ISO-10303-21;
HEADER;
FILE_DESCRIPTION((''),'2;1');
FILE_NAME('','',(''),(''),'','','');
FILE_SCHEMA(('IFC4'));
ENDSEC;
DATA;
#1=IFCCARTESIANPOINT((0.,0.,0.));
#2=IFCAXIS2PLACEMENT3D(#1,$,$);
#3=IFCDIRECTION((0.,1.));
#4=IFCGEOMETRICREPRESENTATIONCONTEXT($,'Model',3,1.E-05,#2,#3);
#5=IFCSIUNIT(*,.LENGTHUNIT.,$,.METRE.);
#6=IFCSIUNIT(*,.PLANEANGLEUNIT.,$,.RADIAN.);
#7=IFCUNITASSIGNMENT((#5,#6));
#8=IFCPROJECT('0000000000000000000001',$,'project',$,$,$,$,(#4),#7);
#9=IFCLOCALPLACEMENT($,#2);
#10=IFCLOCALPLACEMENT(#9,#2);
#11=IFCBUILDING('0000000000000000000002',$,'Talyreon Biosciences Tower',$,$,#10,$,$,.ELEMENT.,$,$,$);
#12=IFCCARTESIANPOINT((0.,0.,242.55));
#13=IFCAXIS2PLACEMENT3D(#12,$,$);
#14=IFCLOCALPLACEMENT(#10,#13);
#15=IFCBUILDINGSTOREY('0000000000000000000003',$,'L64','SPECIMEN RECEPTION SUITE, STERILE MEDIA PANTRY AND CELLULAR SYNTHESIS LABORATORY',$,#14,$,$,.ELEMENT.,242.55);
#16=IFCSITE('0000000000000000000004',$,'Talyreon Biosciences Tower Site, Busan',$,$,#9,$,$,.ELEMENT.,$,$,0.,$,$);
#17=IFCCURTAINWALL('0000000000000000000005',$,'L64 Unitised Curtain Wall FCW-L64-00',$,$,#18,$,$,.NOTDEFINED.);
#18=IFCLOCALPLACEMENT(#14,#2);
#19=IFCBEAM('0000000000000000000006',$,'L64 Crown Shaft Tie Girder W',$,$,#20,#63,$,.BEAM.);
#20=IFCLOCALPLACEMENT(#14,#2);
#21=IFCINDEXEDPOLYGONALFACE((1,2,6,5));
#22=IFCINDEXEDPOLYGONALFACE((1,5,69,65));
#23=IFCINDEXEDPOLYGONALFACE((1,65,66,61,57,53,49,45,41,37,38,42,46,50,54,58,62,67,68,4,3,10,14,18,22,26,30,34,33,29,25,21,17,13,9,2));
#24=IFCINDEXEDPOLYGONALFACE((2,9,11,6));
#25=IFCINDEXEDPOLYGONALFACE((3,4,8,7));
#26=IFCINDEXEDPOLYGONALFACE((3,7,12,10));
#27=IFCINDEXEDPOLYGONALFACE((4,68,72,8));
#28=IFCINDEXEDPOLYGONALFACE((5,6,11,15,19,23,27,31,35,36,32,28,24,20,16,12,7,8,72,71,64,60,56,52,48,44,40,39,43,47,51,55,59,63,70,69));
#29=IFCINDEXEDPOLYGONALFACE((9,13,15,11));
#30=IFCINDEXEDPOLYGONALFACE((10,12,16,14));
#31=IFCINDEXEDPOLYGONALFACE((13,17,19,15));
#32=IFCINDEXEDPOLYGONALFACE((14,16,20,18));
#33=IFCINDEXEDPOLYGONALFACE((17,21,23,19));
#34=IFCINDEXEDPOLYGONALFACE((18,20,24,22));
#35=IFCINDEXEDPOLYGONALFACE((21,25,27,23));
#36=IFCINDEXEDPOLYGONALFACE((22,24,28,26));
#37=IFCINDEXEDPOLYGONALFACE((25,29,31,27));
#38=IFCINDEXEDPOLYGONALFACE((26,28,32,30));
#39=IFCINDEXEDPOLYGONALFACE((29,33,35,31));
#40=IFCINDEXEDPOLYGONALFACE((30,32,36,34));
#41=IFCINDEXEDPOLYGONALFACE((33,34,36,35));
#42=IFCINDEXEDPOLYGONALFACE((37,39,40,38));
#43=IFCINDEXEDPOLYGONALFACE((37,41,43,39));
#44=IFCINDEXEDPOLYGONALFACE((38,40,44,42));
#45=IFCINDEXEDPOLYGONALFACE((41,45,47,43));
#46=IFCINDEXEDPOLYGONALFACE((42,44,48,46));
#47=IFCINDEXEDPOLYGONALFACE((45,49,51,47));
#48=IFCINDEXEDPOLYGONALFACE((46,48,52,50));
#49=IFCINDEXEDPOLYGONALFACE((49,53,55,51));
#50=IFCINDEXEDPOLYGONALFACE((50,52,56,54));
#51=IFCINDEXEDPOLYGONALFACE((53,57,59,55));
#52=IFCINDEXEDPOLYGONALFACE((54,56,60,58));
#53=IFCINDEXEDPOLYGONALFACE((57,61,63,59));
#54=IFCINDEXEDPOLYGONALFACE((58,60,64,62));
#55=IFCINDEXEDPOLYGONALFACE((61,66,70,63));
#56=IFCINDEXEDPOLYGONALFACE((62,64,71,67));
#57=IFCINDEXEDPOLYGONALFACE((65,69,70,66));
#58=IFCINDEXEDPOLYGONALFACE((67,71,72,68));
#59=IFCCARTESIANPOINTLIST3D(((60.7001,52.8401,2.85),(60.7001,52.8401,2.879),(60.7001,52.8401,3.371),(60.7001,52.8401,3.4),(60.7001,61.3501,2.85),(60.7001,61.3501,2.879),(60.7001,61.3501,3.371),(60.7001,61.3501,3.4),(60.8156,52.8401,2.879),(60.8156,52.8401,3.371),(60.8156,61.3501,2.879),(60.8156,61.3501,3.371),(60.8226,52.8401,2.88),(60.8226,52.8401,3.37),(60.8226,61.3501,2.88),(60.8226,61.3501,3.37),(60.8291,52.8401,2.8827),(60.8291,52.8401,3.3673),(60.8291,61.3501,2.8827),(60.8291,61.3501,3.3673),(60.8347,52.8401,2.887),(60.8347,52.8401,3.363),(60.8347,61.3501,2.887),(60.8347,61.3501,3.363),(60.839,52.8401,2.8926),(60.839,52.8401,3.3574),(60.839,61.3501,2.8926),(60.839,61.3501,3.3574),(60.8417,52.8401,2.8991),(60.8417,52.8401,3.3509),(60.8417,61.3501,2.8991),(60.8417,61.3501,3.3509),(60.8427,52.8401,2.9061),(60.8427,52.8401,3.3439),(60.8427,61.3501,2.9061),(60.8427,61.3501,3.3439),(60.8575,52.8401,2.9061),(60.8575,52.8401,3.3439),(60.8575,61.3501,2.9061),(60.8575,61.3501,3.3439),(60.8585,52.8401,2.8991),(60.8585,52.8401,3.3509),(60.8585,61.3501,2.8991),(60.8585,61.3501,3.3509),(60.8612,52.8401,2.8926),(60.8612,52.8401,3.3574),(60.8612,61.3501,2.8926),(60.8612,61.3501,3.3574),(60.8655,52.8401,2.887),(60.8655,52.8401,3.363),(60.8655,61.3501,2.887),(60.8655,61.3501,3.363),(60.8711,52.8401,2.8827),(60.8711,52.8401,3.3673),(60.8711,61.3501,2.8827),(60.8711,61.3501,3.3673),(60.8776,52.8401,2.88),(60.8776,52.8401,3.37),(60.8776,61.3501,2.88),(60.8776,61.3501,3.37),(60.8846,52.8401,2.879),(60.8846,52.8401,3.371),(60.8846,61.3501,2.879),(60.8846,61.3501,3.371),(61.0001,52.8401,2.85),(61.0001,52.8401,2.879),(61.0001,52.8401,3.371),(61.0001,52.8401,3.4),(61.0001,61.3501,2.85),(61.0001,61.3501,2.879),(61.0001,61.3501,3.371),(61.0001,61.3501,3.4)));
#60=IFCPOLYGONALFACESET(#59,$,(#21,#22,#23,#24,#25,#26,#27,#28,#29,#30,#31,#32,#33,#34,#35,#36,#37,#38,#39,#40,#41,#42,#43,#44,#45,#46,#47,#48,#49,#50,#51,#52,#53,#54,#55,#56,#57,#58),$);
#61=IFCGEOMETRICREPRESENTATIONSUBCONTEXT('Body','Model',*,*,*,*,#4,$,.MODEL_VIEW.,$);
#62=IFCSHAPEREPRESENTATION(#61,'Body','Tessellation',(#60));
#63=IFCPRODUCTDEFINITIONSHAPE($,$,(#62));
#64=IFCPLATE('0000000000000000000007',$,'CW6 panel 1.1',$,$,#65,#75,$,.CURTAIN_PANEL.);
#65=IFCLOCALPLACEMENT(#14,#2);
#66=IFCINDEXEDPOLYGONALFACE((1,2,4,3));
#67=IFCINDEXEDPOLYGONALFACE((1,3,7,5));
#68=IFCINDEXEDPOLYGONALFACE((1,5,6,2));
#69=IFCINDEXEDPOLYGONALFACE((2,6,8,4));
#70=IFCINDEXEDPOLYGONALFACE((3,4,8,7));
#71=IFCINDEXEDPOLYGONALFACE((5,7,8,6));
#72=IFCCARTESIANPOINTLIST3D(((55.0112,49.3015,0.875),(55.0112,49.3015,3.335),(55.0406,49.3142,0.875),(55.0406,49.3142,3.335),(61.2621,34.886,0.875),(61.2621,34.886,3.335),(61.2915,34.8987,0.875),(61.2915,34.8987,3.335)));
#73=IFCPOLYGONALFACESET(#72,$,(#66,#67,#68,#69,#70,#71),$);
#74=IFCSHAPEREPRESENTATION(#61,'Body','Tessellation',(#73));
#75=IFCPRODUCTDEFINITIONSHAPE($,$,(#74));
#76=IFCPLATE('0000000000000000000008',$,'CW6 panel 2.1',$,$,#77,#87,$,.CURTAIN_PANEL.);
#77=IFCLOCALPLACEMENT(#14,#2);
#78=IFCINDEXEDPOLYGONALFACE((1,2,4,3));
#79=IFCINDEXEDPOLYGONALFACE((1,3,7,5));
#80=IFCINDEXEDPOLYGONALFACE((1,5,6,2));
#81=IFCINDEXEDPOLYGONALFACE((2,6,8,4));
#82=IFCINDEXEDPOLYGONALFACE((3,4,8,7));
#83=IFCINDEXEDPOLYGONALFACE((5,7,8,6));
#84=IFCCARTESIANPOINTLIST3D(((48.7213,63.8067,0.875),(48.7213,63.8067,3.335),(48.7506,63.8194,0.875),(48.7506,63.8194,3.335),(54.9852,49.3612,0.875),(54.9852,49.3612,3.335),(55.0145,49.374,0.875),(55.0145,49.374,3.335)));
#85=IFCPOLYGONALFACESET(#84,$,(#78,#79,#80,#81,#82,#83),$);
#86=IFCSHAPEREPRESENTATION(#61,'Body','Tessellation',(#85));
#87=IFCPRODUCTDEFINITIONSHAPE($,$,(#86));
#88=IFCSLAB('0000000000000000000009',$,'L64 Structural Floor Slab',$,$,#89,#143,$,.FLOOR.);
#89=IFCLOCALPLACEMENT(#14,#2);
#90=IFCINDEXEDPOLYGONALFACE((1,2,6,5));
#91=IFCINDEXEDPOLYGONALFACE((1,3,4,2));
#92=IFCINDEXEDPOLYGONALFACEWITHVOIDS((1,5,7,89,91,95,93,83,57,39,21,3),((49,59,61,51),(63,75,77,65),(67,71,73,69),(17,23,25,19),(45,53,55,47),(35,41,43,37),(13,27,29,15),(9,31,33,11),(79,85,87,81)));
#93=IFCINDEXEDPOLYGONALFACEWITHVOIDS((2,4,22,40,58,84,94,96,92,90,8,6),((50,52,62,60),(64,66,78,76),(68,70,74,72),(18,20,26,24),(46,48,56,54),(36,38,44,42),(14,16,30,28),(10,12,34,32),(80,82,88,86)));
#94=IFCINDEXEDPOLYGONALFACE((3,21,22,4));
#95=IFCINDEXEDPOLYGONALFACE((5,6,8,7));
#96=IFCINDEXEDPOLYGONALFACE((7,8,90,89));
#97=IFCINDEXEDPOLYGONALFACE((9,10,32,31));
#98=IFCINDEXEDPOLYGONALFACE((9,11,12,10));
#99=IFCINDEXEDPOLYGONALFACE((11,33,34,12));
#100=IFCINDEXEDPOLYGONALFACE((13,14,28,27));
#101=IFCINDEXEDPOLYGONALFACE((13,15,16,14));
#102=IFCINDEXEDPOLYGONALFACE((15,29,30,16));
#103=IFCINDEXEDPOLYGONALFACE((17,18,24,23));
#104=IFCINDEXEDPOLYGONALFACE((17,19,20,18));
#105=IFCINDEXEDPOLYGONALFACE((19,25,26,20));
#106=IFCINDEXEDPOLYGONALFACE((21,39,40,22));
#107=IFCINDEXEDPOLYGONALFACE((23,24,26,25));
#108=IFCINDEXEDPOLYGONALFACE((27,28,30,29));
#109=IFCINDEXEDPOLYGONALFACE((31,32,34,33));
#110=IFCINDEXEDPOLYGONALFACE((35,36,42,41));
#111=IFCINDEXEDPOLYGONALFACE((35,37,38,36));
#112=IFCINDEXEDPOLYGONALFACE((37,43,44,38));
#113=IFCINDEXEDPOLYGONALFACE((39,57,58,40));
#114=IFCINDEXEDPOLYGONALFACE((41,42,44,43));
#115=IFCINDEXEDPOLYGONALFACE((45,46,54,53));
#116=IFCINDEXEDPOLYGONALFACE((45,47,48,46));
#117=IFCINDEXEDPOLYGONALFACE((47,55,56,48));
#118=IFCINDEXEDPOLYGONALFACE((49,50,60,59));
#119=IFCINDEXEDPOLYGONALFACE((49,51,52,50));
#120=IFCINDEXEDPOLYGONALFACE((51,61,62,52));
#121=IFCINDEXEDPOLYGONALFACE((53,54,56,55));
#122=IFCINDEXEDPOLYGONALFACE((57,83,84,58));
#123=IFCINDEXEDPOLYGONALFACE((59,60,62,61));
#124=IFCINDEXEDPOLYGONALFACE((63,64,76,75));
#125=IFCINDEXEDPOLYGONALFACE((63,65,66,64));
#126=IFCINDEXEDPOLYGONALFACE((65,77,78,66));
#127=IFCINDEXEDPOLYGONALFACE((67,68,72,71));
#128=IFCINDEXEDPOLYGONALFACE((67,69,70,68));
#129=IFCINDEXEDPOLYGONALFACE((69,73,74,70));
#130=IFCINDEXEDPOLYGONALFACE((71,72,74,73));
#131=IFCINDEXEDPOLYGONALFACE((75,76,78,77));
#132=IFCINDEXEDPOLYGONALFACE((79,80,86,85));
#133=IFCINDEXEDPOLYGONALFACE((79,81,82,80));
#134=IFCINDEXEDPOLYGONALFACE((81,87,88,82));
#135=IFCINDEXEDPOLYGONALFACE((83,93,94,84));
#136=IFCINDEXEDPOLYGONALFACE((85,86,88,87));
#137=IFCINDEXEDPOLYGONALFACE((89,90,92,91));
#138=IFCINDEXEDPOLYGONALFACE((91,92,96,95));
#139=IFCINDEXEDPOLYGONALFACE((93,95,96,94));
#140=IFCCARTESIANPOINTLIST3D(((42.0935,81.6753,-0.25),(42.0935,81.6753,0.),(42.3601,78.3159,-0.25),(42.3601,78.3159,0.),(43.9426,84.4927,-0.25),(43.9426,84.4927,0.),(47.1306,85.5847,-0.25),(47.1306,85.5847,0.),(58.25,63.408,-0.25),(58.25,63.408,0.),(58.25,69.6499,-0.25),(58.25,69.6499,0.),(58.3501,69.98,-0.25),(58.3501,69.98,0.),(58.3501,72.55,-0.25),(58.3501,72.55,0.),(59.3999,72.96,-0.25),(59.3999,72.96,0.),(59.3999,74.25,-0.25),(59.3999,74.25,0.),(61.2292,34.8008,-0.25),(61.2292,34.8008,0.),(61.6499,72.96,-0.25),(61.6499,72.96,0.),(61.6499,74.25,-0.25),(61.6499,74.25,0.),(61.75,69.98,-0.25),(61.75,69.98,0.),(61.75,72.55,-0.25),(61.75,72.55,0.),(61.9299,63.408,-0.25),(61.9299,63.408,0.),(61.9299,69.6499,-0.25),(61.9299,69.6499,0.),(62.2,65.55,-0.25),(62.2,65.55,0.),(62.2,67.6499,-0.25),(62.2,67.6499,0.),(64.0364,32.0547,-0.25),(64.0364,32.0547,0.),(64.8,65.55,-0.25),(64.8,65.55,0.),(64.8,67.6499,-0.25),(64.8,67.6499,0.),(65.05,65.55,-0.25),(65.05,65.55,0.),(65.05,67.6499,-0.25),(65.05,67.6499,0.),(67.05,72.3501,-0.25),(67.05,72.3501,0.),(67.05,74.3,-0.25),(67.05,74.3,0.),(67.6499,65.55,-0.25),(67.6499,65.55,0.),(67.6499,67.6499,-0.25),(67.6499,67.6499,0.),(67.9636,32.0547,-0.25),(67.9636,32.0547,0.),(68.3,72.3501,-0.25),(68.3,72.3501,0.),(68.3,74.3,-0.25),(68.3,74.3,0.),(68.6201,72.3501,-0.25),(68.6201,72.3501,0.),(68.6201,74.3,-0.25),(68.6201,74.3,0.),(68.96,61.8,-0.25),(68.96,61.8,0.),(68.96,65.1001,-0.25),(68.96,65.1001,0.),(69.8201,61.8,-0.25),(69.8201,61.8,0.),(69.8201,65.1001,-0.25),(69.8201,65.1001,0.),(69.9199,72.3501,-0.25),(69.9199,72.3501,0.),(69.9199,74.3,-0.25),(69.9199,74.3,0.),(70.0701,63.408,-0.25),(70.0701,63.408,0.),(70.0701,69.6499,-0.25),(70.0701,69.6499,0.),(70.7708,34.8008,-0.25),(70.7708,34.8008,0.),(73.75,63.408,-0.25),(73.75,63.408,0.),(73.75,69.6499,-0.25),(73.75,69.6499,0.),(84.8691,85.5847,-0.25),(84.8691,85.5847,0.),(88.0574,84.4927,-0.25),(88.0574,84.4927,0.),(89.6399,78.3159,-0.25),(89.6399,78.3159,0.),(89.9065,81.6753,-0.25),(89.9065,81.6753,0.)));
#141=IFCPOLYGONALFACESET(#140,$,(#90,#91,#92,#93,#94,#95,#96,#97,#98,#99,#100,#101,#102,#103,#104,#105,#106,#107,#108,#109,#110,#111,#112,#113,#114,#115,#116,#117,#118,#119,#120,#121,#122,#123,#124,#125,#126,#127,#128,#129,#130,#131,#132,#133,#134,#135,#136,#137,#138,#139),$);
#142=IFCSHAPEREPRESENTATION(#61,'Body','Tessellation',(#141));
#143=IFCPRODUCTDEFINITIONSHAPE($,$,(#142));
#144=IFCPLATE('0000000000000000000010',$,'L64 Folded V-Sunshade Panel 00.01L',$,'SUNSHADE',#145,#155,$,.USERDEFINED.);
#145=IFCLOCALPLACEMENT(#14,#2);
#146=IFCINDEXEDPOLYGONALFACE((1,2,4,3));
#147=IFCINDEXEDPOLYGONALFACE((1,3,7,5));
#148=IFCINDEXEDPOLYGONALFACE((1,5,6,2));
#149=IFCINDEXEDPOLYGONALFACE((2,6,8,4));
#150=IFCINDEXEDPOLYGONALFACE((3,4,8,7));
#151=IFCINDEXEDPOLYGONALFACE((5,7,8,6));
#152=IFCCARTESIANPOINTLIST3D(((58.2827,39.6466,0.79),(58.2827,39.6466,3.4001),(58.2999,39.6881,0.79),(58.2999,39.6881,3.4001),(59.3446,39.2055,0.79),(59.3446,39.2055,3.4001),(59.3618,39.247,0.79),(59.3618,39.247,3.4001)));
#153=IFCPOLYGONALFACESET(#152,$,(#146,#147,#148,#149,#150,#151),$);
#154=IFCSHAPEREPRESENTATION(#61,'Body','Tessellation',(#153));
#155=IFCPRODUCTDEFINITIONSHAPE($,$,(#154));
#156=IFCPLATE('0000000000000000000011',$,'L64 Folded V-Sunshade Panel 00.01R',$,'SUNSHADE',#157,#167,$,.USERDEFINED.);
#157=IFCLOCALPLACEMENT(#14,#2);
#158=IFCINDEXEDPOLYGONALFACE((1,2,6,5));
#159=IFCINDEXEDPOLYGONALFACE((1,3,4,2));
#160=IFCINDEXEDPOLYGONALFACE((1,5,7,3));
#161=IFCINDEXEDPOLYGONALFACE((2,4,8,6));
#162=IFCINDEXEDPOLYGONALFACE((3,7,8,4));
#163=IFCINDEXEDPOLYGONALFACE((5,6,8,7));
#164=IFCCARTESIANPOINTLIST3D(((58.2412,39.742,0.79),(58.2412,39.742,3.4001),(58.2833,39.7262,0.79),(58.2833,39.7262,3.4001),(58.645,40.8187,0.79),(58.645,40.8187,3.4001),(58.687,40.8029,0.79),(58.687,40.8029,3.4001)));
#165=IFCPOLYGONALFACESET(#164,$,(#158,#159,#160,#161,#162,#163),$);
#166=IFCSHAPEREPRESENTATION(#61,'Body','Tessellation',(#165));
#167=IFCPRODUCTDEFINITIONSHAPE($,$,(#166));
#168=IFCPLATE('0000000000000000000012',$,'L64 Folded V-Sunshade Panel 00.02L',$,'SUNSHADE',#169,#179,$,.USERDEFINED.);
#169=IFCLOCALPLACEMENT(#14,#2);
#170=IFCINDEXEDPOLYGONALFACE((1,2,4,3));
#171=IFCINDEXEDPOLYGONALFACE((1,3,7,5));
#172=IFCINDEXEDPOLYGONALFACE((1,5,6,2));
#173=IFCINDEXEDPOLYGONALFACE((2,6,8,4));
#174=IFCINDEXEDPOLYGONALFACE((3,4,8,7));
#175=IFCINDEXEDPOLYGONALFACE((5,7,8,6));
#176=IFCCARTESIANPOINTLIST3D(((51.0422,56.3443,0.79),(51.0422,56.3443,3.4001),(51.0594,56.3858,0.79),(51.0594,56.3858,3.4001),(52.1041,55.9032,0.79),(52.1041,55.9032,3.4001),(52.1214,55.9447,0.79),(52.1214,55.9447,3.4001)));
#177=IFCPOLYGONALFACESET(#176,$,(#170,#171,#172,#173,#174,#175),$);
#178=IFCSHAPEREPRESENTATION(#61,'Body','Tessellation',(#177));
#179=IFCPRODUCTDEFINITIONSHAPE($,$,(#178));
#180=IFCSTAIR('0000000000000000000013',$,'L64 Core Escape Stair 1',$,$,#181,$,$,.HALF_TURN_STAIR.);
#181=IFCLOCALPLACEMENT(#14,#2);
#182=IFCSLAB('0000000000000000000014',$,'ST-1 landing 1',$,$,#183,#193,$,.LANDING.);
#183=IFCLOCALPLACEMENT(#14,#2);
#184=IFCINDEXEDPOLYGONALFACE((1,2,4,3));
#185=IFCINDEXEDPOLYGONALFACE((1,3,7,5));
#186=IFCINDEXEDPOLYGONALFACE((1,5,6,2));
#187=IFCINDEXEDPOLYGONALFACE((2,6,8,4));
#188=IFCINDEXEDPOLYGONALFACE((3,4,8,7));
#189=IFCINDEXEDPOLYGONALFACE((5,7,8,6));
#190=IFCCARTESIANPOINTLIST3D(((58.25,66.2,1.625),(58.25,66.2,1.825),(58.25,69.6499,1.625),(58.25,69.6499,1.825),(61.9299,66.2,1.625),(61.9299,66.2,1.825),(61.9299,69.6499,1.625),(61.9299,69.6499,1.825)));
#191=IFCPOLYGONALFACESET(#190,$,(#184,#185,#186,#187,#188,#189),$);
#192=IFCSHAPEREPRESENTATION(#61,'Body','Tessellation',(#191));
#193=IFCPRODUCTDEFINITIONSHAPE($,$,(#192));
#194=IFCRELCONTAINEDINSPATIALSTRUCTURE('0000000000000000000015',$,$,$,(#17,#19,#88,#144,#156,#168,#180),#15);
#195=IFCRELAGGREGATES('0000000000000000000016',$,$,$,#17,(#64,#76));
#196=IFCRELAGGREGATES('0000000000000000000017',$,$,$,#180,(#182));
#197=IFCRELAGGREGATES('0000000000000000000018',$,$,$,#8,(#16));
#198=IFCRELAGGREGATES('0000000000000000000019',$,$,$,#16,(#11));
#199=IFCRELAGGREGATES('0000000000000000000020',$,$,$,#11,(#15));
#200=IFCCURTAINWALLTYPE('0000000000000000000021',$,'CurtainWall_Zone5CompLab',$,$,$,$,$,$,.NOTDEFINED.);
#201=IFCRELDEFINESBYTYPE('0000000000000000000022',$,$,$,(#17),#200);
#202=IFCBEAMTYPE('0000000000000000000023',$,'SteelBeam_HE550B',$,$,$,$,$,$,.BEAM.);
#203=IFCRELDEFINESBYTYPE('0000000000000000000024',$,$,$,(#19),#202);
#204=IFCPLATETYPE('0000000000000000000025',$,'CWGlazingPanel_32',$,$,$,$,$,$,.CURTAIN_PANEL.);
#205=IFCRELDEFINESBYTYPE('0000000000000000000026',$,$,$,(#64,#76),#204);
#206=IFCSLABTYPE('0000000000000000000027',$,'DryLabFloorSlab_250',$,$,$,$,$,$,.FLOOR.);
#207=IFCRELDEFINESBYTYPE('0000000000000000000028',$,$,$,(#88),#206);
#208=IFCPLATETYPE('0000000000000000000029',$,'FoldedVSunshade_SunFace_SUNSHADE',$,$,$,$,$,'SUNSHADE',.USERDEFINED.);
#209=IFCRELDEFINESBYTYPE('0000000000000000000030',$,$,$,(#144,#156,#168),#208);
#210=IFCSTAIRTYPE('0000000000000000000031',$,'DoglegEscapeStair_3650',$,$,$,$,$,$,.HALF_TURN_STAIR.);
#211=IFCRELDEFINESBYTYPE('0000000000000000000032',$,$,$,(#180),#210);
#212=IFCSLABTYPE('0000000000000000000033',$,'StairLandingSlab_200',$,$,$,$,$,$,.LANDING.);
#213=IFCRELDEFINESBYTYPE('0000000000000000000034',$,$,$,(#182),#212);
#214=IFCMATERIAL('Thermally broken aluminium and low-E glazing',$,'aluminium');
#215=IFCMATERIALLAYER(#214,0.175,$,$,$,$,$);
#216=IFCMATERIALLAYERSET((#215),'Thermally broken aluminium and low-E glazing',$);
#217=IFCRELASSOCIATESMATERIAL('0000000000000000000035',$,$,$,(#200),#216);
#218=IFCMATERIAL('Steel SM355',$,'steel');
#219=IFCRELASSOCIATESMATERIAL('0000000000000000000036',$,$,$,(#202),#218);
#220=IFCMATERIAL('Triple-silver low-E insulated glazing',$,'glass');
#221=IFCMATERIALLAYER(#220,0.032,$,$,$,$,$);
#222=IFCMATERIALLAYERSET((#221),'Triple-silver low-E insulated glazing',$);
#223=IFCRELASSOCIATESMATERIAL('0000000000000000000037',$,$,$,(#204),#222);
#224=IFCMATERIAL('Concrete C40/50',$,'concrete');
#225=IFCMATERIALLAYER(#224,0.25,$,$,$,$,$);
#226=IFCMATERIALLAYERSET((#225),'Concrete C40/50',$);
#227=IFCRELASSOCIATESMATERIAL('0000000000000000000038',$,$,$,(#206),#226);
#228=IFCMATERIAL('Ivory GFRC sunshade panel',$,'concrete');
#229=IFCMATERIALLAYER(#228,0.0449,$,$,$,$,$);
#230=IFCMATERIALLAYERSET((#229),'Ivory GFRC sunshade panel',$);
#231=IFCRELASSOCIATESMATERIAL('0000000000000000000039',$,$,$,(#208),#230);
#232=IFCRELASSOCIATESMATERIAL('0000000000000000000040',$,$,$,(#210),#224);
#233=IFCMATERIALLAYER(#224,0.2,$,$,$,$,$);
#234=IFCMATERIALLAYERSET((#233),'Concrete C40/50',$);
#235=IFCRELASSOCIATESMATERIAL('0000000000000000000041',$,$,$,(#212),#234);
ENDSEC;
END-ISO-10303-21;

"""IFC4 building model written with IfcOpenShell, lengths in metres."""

from ifc_helpers import new_model, si_unit, direction, frame, origin, origin_2d, place, context, subcontext, project, spatial, polyline, rectangle, i_section, outline, extrude, material, layer, layer_set, material_profile, profile_set, type_object, element, aggregate, save


model = new_model("IFC4")

# Units and contexts
model_context = context("Model", 3, precision=1e-05, world=origin(), true_north=direction((0.0, 1.0)))
body_context = subcontext(model_context, "Body", "Model", "MODEL_VIEW")
ifc_project = project(units=[si_unit("LENGTHUNIT", "METRE"), si_unit("PLANEANGLEUNIT", "RADIAN")], contexts=[model_context])

# Site, building, storey
site_placement = place(None, origin())
site = spatial("IfcSite", under=ifc_project, at=site_placement, Name="Talyreon Biosciences Tower Site, Busan", CompositionType="ELEMENT", RefElevation=0.0)
building_placement = place(site_placement, origin())
building = spatial("IfcBuilding", under=site, at=building_placement, Name="Talyreon Biosciences Tower", CompositionType="ELEMENT")
storey_placement = place(building_placement, frame((0.0, 0.0, 242.55)))
storey = spatial("IfcBuildingStorey", under=building, at=storey_placement, Name="L64", Description="SPECIMEN RECEPTION SUITE, STERILE MEDIA PANTRY AND CELLULAR SYNTHESIS LABORATORY", CompositionType="ELEMENT", Elevation=242.55)

# Curtain wall
ifc_material_1 = material(Name="Thermally broken aluminium and low-E glazing", Category="aluminium")
ifc_layer_1 = layer(ifc_material_1, 0.175)
ifc_layer_set_1 = layer_set([ifc_layer_1], Name="Thermally broken aluminium and low-E glazing")
curtain_wall_type = type_object("IfcCurtainWallType", Name="CurtainWall_Zone5CompLab", PredefinedType="NOTDEFINED", material=ifc_layer_set_1)
curtain_wall_placement = place(storey_placement, origin())
curtain_wall = element("IfcCurtainWall", 1, at=curtain_wall_placement, inside=storey, type_object=curtain_wall_type, Name="L64 Unitised Curtain Wall FCW-L64-00", PredefinedType="NOTDEFINED")

# Beam
ifc_material_2 = material(Name="Steel SM355", Category="steel")
ifc_material_profile_1 = material_profile(ifc_material_2, i_section(OverallWidth=0.3, OverallDepth=0.55, WebThickness=0.0149, FlangeThickness=0.0291, FilletRadius=0.0271, at=origin_2d()), Name="HE550B")
ifc_profile_set_1 = profile_set([ifc_material_profile_1], Name="Steel SM355")
beam_type_1 = type_object("IfcBeamType", Name="SteelBeam_HE550B", PredefinedType="BEAM", material=ifc_profile_set_1)
beam_1_placement = place(storey_placement, frame((60.8501, 52.8401, 3.125), z_axis=(0.0, 1.0, 0.0), x_axis=(-1.0, 0.0, 0.0)))
element("IfcBeam", 2, at=beam_1_placement, inside=storey, type_object=beam_type_1, Name="L64 Crown Shaft Tie Girder W", PredefinedType="BEAM", context=body_context, shape_type="SweptSolid", body=[
    extrude(i_section(OverallWidth=0.3, OverallDepth=0.55, WebThickness=0.0149, FlangeThickness=0.0291, FilletRadius=0.0271, at=origin_2d()), origin(), (0.0, 0.0, 1.0), 8.51),
])

# Plates
ifc_material_3 = material(Name="Triple-silver low-E insulated glazing", Category="glass")
ifc_layer_2 = layer(ifc_material_3, 0.032)
ifc_layer_set_2 = layer_set([ifc_layer_2], Name="Triple-silver low-E insulated glazing")
plate_type_1 = type_object("IfcPlateType", Name="CWGlazingPanel_32", PredefinedType="CURTAIN_PANEL", material=ifc_layer_set_2)
plate_1_placement = place(storey_placement, frame((58.1514, 42.1001, 0.875), z_axis=(0.0, 0.0, 1.0), x_axis=(-0.397832, 0.917458, 0.0)))
plate_1 = element("IfcPlate", 3, at=plate_1_placement, type_object=plate_type_1, Name="CW6 panel 1.1", PredefinedType="CURTAIN_PANEL", context=body_context, shape_type="SweptSolid", body=[
    extrude(rectangle(XDim=15.7124, YDim=0.032, at=origin_2d()), origin(), (0.0, 0.0, 1.0), 2.46),
])
plate_2_placement = place(storey_placement, frame((51.8679, 56.5903, 0.875), z_axis=(0.0, 0.0, 1.0), x_axis=(-0.397832, 0.917458, 0.0)))
plate_2 = element("IfcPlate", 4, at=plate_2_placement, type_object=plate_type_1, Name="CW6 panel 2.1", PredefinedType="CURTAIN_PANEL", context=body_context, shape_type="SweptSolid", body=[
    extrude(rectangle(XDim=15.7451, YDim=0.032, at=origin_2d()), origin(), (0.0, 0.0, 1.0), 2.46),
])
aggregate(curtain_wall, [plate_1, plate_2])

# Slab
ifc_material_4 = material(Name="Concrete C40/50", Category="concrete")
ifc_layer_3 = layer(ifc_material_4, 0.25)
ifc_layer_set_3 = layer_set([ifc_layer_3], Name="Concrete C40/50")
slab_type_1 = type_object("IfcSlabType", Name="DryLabFloorSlab_250", PredefinedType="FLOOR", material=ifc_layer_set_3)
slab_1_placement = place(storey_placement, frame((0.0, 0.0, -0.25)))
element("IfcSlab", 5, at=slab_1_placement, inside=storey, type_object=slab_type_1, Name="L64 Structural Floor Slab", PredefinedType="FLOOR", context=body_context, shape_type="SweptSolid", body=[
    extrude(outline(polyline([(61.2292, 34.8008), (42.3601, 78.3159), (42.0935, 81.6753), (43.9426, 84.4927), (47.1306, 85.5847), (84.8691, 85.5847), (88.0574, 84.4927), (89.9065, 81.6753), (89.6399, 78.3159), (70.7708, 34.8008), (67.9636, 32.0547), (64.0364, 32.0547), (61.2292, 34.8008)]), holes=[polyline([(69.8201, 65.1001), (69.8201, 61.8), (68.96, 61.8), (68.96, 65.1001), (69.8201, 65.1001)]), polyline([(61.9299, 69.6499), (61.9299, 63.408), (58.25, 63.408), (58.25, 69.6499), (61.9299, 69.6499)]), polyline([(73.75, 69.6499), (73.75, 63.408), (70.0701, 63.408), (70.0701, 69.6499), (73.75, 69.6499)]), polyline([(64.8, 67.6499), (64.8, 65.55), (62.2, 65.55), (62.2, 67.6499), (64.8, 67.6499)]), polyline([(67.6499, 67.6499), (67.6499, 65.55), (65.05, 65.55), (65.05, 67.6499), (67.6499, 67.6499)]), polyline([(61.75, 72.55), (61.75, 69.98), (58.3501, 69.98), (58.3501, 72.55), (61.75, 72.55)]), polyline([(68.3, 74.3), (68.3, 72.3501), (67.05, 72.3501), (67.05, 74.3), (68.3, 74.3)]), polyline([(69.9199, 72.3501), (68.6201, 72.3501), (68.6201, 74.3), (69.9199, 74.3), (69.9199, 72.3501)]), polyline([(61.6499, 72.96), (59.3999, 72.96), (59.3999, 74.25), (61.6499, 74.25), (61.6499, 72.96)])]), origin(), (0.0, 0.0, 1.0), 0.25),
])

# Plates
ifc_material_5 = material(Name="Ivory GFRC sunshade panel", Category="concrete")
ifc_layer_4 = layer(ifc_material_5, 0.0449)
ifc_layer_set_4 = layer_set([ifc_layer_4], Name="Ivory GFRC sunshade panel")
plate_type_2 = type_object("IfcPlateType", Name="FoldedVSunshade_SunFace_SUNSHADE", ElementType="SUNSHADE", PredefinedType="USERDEFINED", material=ifc_layer_set_4)
for number, where, z_axis, x_axis, name in (
    (6, (58.8223, 39.4468, 0.79), (0.0, 0.0, 1.0), (-0.923498, 0.383602, 0.0), "L64 Folded V-Sunshade Panel 00.01L"),
    (7, (58.4641, 40.2725, 0.79), (0.0, 0.0, 1.0), (0.351139, 0.936323, 0.0), "L64 Folded V-Sunshade Panel 00.01R"),
    (8, (51.5818, 56.1445, 0.79), (0.0, 0.0, 1.0), (-0.923498, 0.383602, 0.0), "L64 Folded V-Sunshade Panel 00.02L"),
):
    element("IfcPlate", number, at=place(storey_placement, frame(where, z_axis=z_axis, x_axis=x_axis)), inside=storey, type_object=plate_type_2, Name=name, ObjectType="SUNSHADE", PredefinedType="USERDEFINED", context=body_context, shape_type="SweptSolid", body=[
        extrude(rectangle(XDim=1.1499, YDim=0.0449, at=origin_2d()), origin(), (0.0, 0.0, 1.0), 2.6101),
    ])

# Stair, slab
stair_type = type_object("IfcStairType", Name="DoglegEscapeStair_3650", PredefinedType="HALF_TURN_STAIR", material=ifc_material_4)
stair_1_placement = place(storey_placement, origin())
stair_1 = element("IfcStair", 9, at=stair_1_placement, inside=storey, type_object=stair_type, Name="L64 Core Escape Stair 1", PredefinedType="HALF_TURN_STAIR")
ifc_layer_5 = layer(ifc_material_4, 0.2)
ifc_layer_set_5 = layer_set([ifc_layer_5], Name="Concrete C40/50")
slab_type_2 = type_object("IfcSlabType", Name="StairLandingSlab_200", PredefinedType="LANDING", material=ifc_layer_set_5)
slab_2_placement = place(storey_placement, frame((0.0, 0.0, 1.625)))
slab_2 = element("IfcSlab", 10, at=slab_2_placement, type_object=slab_type_2, Name="ST-1 landing 1", PredefinedType="LANDING", context=body_context, shape_type="SweptSolid", body=[
    extrude(outline(polyline([(61.9299, 66.2), (61.9299, 69.6499), (58.25, 69.6499), (58.25, 66.2), (61.9299, 66.2)])), origin(), (0.0, 0.0, 1.0), 0.2),
])
aggregate(stair_1, [slab_2])

save(model, "model.ifc")
